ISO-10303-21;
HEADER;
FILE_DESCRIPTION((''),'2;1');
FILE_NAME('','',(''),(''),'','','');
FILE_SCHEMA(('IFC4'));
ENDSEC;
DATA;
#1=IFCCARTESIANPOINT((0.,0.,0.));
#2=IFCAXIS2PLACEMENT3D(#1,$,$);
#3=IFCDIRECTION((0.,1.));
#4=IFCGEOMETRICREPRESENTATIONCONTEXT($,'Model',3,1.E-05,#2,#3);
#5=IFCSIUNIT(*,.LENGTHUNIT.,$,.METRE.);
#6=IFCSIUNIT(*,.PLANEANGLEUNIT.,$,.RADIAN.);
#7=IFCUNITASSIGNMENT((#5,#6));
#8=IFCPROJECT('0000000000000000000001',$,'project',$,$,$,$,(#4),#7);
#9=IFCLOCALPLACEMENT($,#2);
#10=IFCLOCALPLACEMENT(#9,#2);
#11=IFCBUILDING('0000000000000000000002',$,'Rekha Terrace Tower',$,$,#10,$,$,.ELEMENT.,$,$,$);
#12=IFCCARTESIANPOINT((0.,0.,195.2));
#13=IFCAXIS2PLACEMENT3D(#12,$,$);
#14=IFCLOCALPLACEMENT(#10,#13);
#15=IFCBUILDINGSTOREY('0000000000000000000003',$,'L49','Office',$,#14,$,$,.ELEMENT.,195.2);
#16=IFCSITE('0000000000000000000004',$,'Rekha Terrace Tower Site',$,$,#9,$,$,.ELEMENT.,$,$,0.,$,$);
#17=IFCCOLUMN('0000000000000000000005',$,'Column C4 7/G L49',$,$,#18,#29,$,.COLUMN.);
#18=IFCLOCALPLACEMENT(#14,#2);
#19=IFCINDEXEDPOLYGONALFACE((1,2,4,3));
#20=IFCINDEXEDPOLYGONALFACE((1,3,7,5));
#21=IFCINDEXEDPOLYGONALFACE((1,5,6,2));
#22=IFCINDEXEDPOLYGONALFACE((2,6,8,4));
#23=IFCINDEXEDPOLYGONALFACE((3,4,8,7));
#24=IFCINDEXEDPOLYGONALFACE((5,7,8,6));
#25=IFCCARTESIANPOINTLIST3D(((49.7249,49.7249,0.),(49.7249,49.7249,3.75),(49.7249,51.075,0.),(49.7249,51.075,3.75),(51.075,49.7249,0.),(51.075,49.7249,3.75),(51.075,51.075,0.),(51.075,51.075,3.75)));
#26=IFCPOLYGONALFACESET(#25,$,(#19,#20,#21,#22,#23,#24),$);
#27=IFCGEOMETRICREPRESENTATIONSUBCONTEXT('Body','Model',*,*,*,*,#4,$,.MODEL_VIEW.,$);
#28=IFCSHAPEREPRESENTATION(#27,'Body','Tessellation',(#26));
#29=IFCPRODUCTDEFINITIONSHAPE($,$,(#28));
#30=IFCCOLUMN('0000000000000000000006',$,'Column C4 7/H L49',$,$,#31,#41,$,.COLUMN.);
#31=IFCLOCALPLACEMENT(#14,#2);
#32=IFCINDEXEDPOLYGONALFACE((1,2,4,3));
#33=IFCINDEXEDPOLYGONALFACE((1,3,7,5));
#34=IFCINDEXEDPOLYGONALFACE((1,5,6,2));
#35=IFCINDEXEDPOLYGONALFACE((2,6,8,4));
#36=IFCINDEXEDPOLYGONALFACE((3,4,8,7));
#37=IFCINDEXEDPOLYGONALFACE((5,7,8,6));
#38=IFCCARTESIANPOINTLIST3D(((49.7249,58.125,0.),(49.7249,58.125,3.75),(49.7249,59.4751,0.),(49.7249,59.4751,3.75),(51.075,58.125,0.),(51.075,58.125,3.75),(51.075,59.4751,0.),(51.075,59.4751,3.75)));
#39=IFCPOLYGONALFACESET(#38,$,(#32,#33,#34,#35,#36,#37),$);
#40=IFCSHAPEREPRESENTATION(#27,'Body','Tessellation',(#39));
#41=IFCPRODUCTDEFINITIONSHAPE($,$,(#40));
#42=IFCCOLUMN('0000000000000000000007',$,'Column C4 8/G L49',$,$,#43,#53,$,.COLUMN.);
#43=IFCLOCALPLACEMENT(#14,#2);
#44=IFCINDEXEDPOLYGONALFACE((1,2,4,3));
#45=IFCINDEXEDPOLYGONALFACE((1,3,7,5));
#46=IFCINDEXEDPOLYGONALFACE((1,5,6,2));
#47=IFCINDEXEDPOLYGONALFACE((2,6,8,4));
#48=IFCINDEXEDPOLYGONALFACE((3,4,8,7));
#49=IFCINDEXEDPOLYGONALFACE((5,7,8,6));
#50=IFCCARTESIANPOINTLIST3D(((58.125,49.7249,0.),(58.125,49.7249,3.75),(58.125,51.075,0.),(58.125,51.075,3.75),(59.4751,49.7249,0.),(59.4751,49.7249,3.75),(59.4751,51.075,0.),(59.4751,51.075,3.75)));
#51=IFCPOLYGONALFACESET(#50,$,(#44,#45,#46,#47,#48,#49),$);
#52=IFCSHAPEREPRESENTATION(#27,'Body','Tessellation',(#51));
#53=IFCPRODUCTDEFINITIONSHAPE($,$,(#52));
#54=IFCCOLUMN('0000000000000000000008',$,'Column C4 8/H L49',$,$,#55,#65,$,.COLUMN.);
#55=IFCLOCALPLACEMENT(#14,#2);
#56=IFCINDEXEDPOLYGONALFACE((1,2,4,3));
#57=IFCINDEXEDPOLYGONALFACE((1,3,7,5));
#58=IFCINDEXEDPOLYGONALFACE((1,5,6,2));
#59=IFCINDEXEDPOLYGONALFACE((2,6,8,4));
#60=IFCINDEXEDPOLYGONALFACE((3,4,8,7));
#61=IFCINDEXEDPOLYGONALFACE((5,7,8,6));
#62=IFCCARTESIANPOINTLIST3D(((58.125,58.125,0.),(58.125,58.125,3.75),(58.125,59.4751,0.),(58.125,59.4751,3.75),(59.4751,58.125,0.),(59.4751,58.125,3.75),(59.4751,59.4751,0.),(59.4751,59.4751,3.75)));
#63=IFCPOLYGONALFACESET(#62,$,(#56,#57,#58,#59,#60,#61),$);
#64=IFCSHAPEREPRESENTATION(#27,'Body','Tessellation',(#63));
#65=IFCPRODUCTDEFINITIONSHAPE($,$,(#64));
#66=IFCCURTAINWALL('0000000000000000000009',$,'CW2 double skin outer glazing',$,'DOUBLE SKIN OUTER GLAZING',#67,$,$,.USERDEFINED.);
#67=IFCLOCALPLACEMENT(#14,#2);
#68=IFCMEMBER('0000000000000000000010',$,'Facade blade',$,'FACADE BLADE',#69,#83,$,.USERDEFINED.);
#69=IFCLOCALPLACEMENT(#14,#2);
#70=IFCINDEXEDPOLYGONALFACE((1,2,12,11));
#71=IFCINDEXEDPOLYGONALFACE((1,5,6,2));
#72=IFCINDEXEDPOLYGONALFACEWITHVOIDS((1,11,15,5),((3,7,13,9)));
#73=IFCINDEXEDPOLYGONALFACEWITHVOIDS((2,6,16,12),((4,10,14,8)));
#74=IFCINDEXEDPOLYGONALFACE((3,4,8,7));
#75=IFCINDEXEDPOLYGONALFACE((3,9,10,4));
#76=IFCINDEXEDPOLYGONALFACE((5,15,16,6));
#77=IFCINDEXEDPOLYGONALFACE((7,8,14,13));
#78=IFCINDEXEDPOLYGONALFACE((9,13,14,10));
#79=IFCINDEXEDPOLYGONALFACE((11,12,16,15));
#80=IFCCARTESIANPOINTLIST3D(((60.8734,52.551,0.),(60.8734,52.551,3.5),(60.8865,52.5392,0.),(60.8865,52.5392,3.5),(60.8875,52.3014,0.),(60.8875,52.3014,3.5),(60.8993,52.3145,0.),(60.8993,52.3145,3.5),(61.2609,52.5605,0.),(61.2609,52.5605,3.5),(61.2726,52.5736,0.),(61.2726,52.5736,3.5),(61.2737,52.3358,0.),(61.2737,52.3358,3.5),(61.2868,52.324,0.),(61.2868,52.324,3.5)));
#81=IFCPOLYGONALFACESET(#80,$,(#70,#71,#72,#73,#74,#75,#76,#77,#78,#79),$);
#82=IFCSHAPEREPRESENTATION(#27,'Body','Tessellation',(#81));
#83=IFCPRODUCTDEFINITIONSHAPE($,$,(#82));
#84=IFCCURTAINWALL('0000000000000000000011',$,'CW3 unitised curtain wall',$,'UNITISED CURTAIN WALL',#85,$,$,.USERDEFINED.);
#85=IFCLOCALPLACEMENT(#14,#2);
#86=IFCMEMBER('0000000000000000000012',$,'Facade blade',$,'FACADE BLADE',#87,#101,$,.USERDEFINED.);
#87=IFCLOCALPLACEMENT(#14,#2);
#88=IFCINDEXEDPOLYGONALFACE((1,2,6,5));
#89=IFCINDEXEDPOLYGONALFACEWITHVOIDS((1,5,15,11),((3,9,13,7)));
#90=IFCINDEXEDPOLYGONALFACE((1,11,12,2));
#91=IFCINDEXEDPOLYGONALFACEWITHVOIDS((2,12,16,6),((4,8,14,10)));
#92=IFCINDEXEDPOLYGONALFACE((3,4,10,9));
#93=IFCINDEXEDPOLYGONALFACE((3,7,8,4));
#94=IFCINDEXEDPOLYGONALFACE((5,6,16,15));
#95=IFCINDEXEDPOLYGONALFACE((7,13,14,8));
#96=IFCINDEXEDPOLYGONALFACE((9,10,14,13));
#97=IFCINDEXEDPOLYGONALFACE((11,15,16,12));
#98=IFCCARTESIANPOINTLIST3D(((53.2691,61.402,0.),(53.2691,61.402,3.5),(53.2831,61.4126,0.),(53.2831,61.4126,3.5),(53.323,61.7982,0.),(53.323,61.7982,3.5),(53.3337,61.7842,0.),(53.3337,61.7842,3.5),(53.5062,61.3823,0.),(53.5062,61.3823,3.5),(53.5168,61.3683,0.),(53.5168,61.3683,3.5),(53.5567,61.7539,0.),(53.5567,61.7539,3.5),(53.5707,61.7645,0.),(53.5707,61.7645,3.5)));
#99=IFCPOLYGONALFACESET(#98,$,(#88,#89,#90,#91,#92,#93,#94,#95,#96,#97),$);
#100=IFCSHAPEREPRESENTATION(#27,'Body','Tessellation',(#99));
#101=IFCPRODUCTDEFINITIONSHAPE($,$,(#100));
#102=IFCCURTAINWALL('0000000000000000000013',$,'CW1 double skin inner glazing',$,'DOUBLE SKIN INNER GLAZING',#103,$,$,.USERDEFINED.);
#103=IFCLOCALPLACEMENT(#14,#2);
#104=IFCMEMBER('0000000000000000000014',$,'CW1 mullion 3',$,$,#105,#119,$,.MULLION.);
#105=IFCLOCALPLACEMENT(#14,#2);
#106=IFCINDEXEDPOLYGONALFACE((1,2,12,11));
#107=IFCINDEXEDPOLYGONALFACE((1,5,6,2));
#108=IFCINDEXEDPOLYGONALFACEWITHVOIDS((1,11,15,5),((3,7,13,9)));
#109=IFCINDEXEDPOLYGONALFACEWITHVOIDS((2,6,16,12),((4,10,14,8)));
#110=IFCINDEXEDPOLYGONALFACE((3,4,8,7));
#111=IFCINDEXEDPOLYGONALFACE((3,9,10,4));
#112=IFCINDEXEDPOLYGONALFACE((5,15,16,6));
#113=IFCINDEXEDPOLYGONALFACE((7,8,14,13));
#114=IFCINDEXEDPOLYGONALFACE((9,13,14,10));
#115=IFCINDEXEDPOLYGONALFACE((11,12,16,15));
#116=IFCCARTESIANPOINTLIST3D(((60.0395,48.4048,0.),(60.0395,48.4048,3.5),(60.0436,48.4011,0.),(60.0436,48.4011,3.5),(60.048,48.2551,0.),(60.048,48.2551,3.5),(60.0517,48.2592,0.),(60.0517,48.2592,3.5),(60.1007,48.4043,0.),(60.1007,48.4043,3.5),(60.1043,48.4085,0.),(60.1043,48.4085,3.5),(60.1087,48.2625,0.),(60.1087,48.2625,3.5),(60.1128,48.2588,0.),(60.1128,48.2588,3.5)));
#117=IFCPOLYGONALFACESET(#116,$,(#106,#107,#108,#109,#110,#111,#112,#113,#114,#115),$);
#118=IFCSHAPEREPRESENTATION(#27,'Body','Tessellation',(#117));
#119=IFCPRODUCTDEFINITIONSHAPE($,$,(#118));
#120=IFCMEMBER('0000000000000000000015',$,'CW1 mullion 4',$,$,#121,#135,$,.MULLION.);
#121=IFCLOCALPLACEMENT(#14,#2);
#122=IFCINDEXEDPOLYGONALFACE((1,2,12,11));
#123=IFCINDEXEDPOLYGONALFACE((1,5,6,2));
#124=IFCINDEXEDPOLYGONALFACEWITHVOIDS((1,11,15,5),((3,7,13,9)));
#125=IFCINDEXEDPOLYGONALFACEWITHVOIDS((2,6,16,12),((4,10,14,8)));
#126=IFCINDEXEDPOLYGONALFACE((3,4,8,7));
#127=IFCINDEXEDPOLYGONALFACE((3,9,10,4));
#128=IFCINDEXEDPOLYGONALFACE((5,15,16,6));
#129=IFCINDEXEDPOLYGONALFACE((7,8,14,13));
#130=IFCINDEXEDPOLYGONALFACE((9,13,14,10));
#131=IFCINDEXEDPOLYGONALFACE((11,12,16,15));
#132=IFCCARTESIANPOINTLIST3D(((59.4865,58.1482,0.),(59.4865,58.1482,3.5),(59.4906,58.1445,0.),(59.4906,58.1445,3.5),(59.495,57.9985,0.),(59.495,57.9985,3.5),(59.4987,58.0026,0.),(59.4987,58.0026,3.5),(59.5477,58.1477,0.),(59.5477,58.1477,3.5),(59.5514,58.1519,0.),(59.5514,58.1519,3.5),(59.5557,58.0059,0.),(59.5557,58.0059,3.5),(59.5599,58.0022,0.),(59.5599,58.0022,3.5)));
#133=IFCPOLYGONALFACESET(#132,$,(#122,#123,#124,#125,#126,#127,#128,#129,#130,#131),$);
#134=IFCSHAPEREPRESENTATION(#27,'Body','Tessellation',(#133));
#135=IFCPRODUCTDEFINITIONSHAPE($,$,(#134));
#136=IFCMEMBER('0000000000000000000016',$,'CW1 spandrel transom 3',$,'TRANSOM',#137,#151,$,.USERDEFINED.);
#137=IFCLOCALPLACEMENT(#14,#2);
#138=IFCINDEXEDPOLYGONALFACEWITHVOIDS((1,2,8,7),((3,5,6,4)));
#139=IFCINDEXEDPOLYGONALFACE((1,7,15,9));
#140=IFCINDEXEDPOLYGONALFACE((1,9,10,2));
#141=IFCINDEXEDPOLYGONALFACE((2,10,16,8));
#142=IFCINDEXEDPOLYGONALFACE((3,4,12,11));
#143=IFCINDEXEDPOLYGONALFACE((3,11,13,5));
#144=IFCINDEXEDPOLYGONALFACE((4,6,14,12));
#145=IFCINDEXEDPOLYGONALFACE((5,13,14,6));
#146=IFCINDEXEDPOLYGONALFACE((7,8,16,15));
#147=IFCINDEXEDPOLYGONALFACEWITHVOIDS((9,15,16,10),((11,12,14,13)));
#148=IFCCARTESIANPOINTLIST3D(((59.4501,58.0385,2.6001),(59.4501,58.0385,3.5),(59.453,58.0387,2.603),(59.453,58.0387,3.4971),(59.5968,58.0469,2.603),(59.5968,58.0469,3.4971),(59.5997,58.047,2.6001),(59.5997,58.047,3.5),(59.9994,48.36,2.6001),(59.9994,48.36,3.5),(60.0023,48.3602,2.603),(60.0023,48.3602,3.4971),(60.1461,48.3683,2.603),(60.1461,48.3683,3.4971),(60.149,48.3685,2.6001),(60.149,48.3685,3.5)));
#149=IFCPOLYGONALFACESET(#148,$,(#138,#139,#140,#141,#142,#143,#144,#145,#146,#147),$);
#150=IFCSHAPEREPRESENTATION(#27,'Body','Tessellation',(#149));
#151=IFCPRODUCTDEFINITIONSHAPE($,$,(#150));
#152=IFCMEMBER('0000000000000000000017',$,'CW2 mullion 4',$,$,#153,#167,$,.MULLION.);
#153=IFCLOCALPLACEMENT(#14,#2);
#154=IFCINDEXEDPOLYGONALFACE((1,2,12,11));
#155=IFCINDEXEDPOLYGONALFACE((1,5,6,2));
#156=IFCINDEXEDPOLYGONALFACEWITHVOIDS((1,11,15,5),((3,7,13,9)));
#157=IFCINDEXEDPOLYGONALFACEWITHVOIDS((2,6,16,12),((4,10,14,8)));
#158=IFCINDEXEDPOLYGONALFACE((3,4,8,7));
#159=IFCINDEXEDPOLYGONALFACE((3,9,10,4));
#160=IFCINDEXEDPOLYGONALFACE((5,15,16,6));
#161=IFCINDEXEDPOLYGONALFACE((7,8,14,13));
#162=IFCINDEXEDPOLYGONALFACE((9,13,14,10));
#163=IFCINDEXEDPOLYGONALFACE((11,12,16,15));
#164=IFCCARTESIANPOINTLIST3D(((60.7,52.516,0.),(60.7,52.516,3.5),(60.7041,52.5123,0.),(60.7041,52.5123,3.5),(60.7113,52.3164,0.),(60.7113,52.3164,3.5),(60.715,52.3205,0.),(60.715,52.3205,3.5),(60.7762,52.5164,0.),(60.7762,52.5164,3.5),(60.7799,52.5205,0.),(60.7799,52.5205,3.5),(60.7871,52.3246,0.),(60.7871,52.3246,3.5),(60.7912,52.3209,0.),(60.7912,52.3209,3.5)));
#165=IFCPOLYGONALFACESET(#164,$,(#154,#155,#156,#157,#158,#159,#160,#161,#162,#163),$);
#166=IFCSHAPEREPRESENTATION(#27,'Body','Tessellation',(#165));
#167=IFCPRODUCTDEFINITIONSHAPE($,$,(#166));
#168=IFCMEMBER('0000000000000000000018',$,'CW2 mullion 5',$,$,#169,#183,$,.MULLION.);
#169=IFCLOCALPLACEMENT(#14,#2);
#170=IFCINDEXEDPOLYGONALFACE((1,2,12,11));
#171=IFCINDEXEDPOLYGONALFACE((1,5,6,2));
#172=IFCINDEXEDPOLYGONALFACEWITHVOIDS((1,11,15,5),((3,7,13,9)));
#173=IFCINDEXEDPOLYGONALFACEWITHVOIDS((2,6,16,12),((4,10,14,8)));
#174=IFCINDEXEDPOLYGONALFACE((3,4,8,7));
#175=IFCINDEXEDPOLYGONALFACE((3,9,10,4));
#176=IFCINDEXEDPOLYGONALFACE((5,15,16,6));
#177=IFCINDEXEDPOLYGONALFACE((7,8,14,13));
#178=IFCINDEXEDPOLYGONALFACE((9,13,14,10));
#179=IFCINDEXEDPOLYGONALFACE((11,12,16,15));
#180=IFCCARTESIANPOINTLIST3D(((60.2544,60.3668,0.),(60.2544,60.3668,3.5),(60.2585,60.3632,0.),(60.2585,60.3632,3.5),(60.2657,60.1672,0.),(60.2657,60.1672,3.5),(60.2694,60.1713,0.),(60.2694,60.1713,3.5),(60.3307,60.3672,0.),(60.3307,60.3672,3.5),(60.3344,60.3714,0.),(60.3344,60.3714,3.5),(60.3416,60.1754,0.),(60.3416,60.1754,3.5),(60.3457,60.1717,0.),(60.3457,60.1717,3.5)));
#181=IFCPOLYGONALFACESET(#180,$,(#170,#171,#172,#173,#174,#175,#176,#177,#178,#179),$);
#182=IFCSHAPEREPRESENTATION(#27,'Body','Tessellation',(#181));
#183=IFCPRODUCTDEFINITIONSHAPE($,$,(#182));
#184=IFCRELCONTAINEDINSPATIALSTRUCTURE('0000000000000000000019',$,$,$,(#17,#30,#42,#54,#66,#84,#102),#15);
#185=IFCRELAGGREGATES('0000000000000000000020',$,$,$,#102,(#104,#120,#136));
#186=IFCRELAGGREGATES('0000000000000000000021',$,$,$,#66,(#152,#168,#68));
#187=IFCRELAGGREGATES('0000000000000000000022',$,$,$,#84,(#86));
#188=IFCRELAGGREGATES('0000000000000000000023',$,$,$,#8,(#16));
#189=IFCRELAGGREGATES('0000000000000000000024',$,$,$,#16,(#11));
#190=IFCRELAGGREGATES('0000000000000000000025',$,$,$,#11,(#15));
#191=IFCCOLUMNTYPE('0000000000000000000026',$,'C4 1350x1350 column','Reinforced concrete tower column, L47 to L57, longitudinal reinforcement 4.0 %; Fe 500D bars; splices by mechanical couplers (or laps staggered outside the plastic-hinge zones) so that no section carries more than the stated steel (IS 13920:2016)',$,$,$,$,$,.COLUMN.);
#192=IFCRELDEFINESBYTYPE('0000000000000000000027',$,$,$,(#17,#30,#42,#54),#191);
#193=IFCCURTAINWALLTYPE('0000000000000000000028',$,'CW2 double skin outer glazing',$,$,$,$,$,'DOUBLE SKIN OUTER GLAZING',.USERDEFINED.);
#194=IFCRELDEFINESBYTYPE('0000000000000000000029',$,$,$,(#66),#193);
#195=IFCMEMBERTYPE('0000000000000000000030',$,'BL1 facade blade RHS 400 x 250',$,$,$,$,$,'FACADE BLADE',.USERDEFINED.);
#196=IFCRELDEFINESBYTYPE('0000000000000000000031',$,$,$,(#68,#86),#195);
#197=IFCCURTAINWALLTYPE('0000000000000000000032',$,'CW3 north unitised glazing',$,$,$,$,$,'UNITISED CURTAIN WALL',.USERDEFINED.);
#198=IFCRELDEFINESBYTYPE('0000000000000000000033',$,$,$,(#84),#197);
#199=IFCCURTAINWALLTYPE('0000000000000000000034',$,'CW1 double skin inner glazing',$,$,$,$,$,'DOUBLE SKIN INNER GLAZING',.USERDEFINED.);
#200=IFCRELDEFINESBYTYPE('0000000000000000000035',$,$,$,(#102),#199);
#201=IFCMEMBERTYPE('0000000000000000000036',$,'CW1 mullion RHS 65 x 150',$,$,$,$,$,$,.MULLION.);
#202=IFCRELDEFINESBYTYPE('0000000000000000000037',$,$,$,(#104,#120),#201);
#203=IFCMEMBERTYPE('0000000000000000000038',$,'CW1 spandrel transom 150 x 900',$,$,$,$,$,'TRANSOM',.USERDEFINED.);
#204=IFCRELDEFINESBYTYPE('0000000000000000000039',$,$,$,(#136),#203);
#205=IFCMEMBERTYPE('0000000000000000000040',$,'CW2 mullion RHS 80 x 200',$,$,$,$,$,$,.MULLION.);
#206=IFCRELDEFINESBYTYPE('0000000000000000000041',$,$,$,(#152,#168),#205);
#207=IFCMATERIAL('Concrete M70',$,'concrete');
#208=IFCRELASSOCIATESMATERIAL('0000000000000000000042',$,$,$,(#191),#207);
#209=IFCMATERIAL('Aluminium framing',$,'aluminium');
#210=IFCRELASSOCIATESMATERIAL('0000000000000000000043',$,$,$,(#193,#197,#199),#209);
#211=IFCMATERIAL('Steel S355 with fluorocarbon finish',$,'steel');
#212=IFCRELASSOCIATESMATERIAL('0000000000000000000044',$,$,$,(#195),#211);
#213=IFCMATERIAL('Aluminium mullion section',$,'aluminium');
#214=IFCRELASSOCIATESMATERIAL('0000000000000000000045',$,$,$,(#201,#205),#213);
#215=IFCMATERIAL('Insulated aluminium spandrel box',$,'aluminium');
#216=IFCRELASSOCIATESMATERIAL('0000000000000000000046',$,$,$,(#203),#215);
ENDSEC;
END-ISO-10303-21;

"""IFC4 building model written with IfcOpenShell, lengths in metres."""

from ifc_helpers import new_model, si_unit, direction, frame, origin, origin_2d, place, context, subcontext, project, spatial, rectangle, hollow_rectangle, extrude, material, material_profile, profile_set, type_object, element, aggregate, save


model = new_model("IFC4")

# Units and contexts
model_context = context("Model", 3, precision=1e-05, world=origin(), true_north=direction((0.0, 1.0)))
body_context = subcontext(model_context, "Body", "Model", "MODEL_VIEW")
ifc_project = project(units=[si_unit("LENGTHUNIT", "METRE"), si_unit("PLANEANGLEUNIT", "RADIAN")], contexts=[model_context])

# Site, building, storey
site_placement = place(None, origin())
site = spatial("IfcSite", under=ifc_project, at=site_placement, Name="Rekha Terrace Tower Site", CompositionType="ELEMENT", RefElevation=0.0)
building_placement = place(site_placement, origin())
building = spatial("IfcBuilding", under=site, at=building_placement, Name="Rekha Terrace Tower", CompositionType="ELEMENT")
storey_placement = place(building_placement, frame((0.0, 0.0, 195.2)))
storey = spatial("IfcBuildingStorey", under=building, at=storey_placement, Name="L49", Description="Office", CompositionType="ELEMENT", Elevation=195.2)

# Columns
ifc_material_1 = material(Name="Concrete M70", Category="concrete")
ifc_material_profile_1 = material_profile(ifc_material_1, rectangle(XDim=1.3501, YDim=1.3501, at=origin_2d()), Name="RC 1350x1350")
ifc_profile_set_1 = profile_set([ifc_material_profile_1], Name="Concrete M70")
column_type = type_object("IfcColumnType", Name="C4 1350x1350 column", Description="Reinforced concrete tower column, L47 to L57, longitudinal reinforcement 4.0 %; Fe 500D bars; splices by mechanical couplers (or laps staggered outside the plastic-hinge zones) so that no section carries more than the stated steel (IS 13920:2016)", PredefinedType="COLUMN", material=ifc_profile_set_1)
for number, where, z_axis, x_axis, name in (
    (1, (50.3999, 50.3999, 0.0), (0.0, 0.0, 1.0), (1.0, 0.0, 0.0), "Column C4 7/G L49"),
    (2, (50.3999, 58.8, 0.0), (0.0, 0.0, 1.0), (1.0, 0.0, 0.0), "Column C4 7/H L49"),
    (3, (58.8, 50.3999, 0.0), (0.0, 0.0, 1.0), (1.0, 0.0, 0.0), "Column C4 8/G L49"),
    (4, (58.8, 58.8, 0.0), (0.0, 0.0, 1.0), (1.0, 0.0, 0.0), "Column C4 8/H L49"),
):
    element("IfcColumn", number, at=place(storey_placement, frame(where, z_axis=z_axis, x_axis=x_axis)), inside=storey, type_object=column_type, Name=name, PredefinedType="COLUMN", context=body_context, shape_type="SweptSolid", body=[
        extrude(rectangle(XDim=1.3501, YDim=1.3501, at=origin_2d()), origin(), (0.0, 0.0, 1.0), 3.75),
    ])

# Curtain walls, members
ifc_material_2 = material(Name="Aluminium framing", Category="aluminium")
curtain_wall_type_1 = type_object("IfcCurtainWallType", Name="CW2 double skin outer glazing", ElementType="DOUBLE SKIN OUTER GLAZING", PredefinedType="USERDEFINED", material=ifc_material_2)
curtain_wall_1_placement = place(storey_placement, origin())
curtain_wall_1 = element("IfcCurtainWall", 5, at=curtain_wall_1_placement, inside=storey, type_object=curtain_wall_type_1, Name="CW2 double skin outer glazing", ObjectType="DOUBLE SKIN OUTER GLAZING", PredefinedType="USERDEFINED")
ifc_material_3 = material(Name="Steel S355 with fluorocarbon finish", Category="steel")
ifc_material_profile_2 = material_profile(ifc_material_3, hollow_rectangle(XDim=0.25, YDim=0.3999, WallThickness=0.0125, at=origin_2d()), Name="RHS400x250x12.5")
ifc_profile_set_2 = profile_set([ifc_material_profile_2], Name="Steel S355 with fluorocarbon finish")
member_type_1 = type_object("IfcMemberType", Name="BL1 facade blade RHS 400 x 250", ElementType="FACADE BLADE", PredefinedType="USERDEFINED", material=ifc_profile_set_2)
member_1_placement = place(storey_placement, frame((61.0801, 52.4375, 0.0), z_axis=(0.0, 0.0, 1.0), x_axis=(-0.056674, 0.998393, 0.0)))
member_1 = element("IfcMember", 6, at=member_1_placement, type_object=member_type_1, Name="Facade blade", ObjectType="FACADE BLADE", PredefinedType="USERDEFINED", context=body_context, shape_type="SweptSolid", body=[
    extrude(hollow_rectangle(XDim=0.25, YDim=0.3999, WallThickness=0.0125, at=origin_2d()), origin(), (0.0, 0.0, 1.0), 3.5),
])
curtain_wall_type_2 = type_object("IfcCurtainWallType", Name="CW3 north unitised glazing", ElementType="UNITISED CURTAIN WALL", PredefinedType="USERDEFINED", material=ifc_material_2)
curtain_wall_2_placement = place(storey_placement, origin())
curtain_wall_2 = element("IfcCurtainWall", 7, at=curtain_wall_2_placement, inside=storey, type_object=curtain_wall_type_2, Name="CW3 unitised curtain wall", ObjectType="UNITISED CURTAIN WALL", PredefinedType="USERDEFINED")
member_2_placement = place(storey_placement, frame((53.4199, 61.5833, 0.0), z_axis=(0.0, 0.0, 1.0), x_axis=(-0.990867, 0.134841, 0.0)))
member_2 = element("IfcMember", 8, at=member_2_placement, type_object=member_type_1, Name="Facade blade", ObjectType="FACADE BLADE", PredefinedType="USERDEFINED", context=body_context, shape_type="SweptSolid", body=[
    extrude(hollow_rectangle(XDim=0.25, YDim=0.3999, WallThickness=0.0125, at=origin_2d()), origin(), (0.0, 0.0, 1.0), 3.5),
])

# Curtain wall, members
curtain_wall_type_3 = type_object("IfcCurtainWallType", Name="CW1 double skin inner glazing", ElementType="DOUBLE SKIN INNER GLAZING", PredefinedType="USERDEFINED", material=ifc_material_2)
curtain_wall_3_placement = place(storey_placement, origin())
curtain_wall_3 = element("IfcCurtainWall", 9, at=curtain_wall_3_placement, inside=storey, type_object=curtain_wall_type_3, Name="CW1 double skin inner glazing", ObjectType="DOUBLE SKIN INNER GLAZING", PredefinedType="USERDEFINED")
ifc_material_4 = material(Name="Aluminium mullion section", Category="aluminium")
ifc_material_profile_3 = material_profile(ifc_material_4, hollow_rectangle(XDim=0.0649, YDim=0.1499, WallThickness=0.0039, at=origin_2d()), Name="AL RHS 65x150")
ifc_profile_set_3 = profile_set([ifc_material_profile_3], Name="Aluminium mullion section")
member_type_2 = type_object("IfcMemberType", Name="CW1 mullion RHS 65 x 150", PredefinedType="MULLION", material=ifc_profile_set_3)
member_3_placement = place(storey_placement, frame((60.0762, 48.3318, 0.0), z_axis=(0.0, 0.0, 1.0), x_axis=(-0.998393, -0.056673, 0.0)))
member_3 = element("IfcMember", 10, at=member_3_placement, type_object=member_type_2, Name="CW1 mullion 3", PredefinedType="MULLION", context=body_context, shape_type="SweptSolid", body=[
    extrude(hollow_rectangle(XDim=0.0649, YDim=0.1499, WallThickness=0.0039, at=origin_2d()), origin(), (0.0, 0.0, 1.0), 3.5),
])
member_4_placement = place(storey_placement, frame((59.5232, 58.0752, 0.0), z_axis=(0.0, 0.0, 1.0), x_axis=(-0.998393, -0.056673, 0.0)))
member_4 = element("IfcMember", 11, at=member_4_placement, type_object=member_type_2, Name="CW1 mullion 4", PredefinedType="MULLION", context=body_context, shape_type="SweptSolid", body=[
    extrude(hollow_rectangle(XDim=0.0649, YDim=0.1499, WallThickness=0.0039, at=origin_2d()), origin(), (0.0, 0.0, 1.0), 3.5),
])
ifc_material_5 = material(Name="Insulated aluminium spandrel box", Category="aluminium")
ifc_material_profile_4 = material_profile(ifc_material_5, hollow_rectangle(XDim=0.1499, YDim=0.8999, WallThickness=0.0029, at=origin_2d()), Name="AL SPANDREL BOX 150x900")
ifc_profile_set_4 = profile_set([ifc_material_profile_4], Name="Insulated aluminium spandrel box")
member_type_3 = type_object("IfcMemberType", Name="CW1 spandrel transom 150 x 900", ElementType="TRANSOM", PredefinedType="USERDEFINED", material=ifc_profile_set_4)
member_5_placement = place(storey_placement, frame((60.0742, 48.3643, 3.05), z_axis=(-0.056665, 0.998393, 0.0), x_axis=(-0.998393, -0.056665, 0.0)))
member_5 = element("IfcMember", 12, at=member_5_placement, type_object=member_type_3, Name="CW1 spandrel transom 3", ObjectType="TRANSOM", PredefinedType="USERDEFINED", context=body_context, shape_type="SweptSolid", body=[
    extrude(hollow_rectangle(XDim=0.1499, YDim=0.8999, WallThickness=0.0029, at=origin_2d()), origin(), (0.0, 0.0, 1.0), 9.6941),
])

# Members
ifc_material_profile_5 = material_profile(ifc_material_4, hollow_rectangle(XDim=0.0801, YDim=0.2, WallThickness=0.0039, at=origin_2d()), Name="AL RHS 80x200")
ifc_profile_set_5 = profile_set([ifc_material_profile_5], Name="Aluminium mullion section")
member_type_4 = type_object("IfcMemberType", Name="CW2 mullion RHS 80 x 200", PredefinedType="MULLION", material=ifc_profile_set_5)
member_6_placement = place(storey_placement, frame((60.7456, 52.4185, 0.0), z_axis=(0.0, 0.0, 1.0), x_axis=(-0.998393, -0.056673, 0.0)))
member_6 = element("IfcMember", 13, at=member_6_placement, type_object=member_type_4, Name="CW2 mullion 4", PredefinedType="MULLION", context=body_context, shape_type="SweptSolid", body=[
    extrude(hollow_rectangle(XDim=0.0801, YDim=0.2, WallThickness=0.0039, at=origin_2d()), origin(), (0.0, 0.0, 1.0), 3.5),
])
member_7_placement = place(storey_placement, frame((60.3, 60.2693, 0.0), z_axis=(0.0, 0.0, 1.0), x_axis=(-0.998393, -0.056673, 0.0)))
member_7 = element("IfcMember", 14, at=member_7_placement, type_object=member_type_4, Name="CW2 mullion 5", PredefinedType="MULLION", context=body_context, shape_type="SweptSolid", body=[
    extrude(hollow_rectangle(XDim=0.0801, YDim=0.2, WallThickness=0.0039, at=origin_2d()), origin(), (0.0, 0.0, 1.0), 3.5),
])

aggregate(curtain_wall_3, [member_3, member_4, member_5])
aggregate(curtain_wall_1, [member_6, member_7, member_1])
aggregate(curtain_wall_2, [member_2])

save(model, "model.ifc")
